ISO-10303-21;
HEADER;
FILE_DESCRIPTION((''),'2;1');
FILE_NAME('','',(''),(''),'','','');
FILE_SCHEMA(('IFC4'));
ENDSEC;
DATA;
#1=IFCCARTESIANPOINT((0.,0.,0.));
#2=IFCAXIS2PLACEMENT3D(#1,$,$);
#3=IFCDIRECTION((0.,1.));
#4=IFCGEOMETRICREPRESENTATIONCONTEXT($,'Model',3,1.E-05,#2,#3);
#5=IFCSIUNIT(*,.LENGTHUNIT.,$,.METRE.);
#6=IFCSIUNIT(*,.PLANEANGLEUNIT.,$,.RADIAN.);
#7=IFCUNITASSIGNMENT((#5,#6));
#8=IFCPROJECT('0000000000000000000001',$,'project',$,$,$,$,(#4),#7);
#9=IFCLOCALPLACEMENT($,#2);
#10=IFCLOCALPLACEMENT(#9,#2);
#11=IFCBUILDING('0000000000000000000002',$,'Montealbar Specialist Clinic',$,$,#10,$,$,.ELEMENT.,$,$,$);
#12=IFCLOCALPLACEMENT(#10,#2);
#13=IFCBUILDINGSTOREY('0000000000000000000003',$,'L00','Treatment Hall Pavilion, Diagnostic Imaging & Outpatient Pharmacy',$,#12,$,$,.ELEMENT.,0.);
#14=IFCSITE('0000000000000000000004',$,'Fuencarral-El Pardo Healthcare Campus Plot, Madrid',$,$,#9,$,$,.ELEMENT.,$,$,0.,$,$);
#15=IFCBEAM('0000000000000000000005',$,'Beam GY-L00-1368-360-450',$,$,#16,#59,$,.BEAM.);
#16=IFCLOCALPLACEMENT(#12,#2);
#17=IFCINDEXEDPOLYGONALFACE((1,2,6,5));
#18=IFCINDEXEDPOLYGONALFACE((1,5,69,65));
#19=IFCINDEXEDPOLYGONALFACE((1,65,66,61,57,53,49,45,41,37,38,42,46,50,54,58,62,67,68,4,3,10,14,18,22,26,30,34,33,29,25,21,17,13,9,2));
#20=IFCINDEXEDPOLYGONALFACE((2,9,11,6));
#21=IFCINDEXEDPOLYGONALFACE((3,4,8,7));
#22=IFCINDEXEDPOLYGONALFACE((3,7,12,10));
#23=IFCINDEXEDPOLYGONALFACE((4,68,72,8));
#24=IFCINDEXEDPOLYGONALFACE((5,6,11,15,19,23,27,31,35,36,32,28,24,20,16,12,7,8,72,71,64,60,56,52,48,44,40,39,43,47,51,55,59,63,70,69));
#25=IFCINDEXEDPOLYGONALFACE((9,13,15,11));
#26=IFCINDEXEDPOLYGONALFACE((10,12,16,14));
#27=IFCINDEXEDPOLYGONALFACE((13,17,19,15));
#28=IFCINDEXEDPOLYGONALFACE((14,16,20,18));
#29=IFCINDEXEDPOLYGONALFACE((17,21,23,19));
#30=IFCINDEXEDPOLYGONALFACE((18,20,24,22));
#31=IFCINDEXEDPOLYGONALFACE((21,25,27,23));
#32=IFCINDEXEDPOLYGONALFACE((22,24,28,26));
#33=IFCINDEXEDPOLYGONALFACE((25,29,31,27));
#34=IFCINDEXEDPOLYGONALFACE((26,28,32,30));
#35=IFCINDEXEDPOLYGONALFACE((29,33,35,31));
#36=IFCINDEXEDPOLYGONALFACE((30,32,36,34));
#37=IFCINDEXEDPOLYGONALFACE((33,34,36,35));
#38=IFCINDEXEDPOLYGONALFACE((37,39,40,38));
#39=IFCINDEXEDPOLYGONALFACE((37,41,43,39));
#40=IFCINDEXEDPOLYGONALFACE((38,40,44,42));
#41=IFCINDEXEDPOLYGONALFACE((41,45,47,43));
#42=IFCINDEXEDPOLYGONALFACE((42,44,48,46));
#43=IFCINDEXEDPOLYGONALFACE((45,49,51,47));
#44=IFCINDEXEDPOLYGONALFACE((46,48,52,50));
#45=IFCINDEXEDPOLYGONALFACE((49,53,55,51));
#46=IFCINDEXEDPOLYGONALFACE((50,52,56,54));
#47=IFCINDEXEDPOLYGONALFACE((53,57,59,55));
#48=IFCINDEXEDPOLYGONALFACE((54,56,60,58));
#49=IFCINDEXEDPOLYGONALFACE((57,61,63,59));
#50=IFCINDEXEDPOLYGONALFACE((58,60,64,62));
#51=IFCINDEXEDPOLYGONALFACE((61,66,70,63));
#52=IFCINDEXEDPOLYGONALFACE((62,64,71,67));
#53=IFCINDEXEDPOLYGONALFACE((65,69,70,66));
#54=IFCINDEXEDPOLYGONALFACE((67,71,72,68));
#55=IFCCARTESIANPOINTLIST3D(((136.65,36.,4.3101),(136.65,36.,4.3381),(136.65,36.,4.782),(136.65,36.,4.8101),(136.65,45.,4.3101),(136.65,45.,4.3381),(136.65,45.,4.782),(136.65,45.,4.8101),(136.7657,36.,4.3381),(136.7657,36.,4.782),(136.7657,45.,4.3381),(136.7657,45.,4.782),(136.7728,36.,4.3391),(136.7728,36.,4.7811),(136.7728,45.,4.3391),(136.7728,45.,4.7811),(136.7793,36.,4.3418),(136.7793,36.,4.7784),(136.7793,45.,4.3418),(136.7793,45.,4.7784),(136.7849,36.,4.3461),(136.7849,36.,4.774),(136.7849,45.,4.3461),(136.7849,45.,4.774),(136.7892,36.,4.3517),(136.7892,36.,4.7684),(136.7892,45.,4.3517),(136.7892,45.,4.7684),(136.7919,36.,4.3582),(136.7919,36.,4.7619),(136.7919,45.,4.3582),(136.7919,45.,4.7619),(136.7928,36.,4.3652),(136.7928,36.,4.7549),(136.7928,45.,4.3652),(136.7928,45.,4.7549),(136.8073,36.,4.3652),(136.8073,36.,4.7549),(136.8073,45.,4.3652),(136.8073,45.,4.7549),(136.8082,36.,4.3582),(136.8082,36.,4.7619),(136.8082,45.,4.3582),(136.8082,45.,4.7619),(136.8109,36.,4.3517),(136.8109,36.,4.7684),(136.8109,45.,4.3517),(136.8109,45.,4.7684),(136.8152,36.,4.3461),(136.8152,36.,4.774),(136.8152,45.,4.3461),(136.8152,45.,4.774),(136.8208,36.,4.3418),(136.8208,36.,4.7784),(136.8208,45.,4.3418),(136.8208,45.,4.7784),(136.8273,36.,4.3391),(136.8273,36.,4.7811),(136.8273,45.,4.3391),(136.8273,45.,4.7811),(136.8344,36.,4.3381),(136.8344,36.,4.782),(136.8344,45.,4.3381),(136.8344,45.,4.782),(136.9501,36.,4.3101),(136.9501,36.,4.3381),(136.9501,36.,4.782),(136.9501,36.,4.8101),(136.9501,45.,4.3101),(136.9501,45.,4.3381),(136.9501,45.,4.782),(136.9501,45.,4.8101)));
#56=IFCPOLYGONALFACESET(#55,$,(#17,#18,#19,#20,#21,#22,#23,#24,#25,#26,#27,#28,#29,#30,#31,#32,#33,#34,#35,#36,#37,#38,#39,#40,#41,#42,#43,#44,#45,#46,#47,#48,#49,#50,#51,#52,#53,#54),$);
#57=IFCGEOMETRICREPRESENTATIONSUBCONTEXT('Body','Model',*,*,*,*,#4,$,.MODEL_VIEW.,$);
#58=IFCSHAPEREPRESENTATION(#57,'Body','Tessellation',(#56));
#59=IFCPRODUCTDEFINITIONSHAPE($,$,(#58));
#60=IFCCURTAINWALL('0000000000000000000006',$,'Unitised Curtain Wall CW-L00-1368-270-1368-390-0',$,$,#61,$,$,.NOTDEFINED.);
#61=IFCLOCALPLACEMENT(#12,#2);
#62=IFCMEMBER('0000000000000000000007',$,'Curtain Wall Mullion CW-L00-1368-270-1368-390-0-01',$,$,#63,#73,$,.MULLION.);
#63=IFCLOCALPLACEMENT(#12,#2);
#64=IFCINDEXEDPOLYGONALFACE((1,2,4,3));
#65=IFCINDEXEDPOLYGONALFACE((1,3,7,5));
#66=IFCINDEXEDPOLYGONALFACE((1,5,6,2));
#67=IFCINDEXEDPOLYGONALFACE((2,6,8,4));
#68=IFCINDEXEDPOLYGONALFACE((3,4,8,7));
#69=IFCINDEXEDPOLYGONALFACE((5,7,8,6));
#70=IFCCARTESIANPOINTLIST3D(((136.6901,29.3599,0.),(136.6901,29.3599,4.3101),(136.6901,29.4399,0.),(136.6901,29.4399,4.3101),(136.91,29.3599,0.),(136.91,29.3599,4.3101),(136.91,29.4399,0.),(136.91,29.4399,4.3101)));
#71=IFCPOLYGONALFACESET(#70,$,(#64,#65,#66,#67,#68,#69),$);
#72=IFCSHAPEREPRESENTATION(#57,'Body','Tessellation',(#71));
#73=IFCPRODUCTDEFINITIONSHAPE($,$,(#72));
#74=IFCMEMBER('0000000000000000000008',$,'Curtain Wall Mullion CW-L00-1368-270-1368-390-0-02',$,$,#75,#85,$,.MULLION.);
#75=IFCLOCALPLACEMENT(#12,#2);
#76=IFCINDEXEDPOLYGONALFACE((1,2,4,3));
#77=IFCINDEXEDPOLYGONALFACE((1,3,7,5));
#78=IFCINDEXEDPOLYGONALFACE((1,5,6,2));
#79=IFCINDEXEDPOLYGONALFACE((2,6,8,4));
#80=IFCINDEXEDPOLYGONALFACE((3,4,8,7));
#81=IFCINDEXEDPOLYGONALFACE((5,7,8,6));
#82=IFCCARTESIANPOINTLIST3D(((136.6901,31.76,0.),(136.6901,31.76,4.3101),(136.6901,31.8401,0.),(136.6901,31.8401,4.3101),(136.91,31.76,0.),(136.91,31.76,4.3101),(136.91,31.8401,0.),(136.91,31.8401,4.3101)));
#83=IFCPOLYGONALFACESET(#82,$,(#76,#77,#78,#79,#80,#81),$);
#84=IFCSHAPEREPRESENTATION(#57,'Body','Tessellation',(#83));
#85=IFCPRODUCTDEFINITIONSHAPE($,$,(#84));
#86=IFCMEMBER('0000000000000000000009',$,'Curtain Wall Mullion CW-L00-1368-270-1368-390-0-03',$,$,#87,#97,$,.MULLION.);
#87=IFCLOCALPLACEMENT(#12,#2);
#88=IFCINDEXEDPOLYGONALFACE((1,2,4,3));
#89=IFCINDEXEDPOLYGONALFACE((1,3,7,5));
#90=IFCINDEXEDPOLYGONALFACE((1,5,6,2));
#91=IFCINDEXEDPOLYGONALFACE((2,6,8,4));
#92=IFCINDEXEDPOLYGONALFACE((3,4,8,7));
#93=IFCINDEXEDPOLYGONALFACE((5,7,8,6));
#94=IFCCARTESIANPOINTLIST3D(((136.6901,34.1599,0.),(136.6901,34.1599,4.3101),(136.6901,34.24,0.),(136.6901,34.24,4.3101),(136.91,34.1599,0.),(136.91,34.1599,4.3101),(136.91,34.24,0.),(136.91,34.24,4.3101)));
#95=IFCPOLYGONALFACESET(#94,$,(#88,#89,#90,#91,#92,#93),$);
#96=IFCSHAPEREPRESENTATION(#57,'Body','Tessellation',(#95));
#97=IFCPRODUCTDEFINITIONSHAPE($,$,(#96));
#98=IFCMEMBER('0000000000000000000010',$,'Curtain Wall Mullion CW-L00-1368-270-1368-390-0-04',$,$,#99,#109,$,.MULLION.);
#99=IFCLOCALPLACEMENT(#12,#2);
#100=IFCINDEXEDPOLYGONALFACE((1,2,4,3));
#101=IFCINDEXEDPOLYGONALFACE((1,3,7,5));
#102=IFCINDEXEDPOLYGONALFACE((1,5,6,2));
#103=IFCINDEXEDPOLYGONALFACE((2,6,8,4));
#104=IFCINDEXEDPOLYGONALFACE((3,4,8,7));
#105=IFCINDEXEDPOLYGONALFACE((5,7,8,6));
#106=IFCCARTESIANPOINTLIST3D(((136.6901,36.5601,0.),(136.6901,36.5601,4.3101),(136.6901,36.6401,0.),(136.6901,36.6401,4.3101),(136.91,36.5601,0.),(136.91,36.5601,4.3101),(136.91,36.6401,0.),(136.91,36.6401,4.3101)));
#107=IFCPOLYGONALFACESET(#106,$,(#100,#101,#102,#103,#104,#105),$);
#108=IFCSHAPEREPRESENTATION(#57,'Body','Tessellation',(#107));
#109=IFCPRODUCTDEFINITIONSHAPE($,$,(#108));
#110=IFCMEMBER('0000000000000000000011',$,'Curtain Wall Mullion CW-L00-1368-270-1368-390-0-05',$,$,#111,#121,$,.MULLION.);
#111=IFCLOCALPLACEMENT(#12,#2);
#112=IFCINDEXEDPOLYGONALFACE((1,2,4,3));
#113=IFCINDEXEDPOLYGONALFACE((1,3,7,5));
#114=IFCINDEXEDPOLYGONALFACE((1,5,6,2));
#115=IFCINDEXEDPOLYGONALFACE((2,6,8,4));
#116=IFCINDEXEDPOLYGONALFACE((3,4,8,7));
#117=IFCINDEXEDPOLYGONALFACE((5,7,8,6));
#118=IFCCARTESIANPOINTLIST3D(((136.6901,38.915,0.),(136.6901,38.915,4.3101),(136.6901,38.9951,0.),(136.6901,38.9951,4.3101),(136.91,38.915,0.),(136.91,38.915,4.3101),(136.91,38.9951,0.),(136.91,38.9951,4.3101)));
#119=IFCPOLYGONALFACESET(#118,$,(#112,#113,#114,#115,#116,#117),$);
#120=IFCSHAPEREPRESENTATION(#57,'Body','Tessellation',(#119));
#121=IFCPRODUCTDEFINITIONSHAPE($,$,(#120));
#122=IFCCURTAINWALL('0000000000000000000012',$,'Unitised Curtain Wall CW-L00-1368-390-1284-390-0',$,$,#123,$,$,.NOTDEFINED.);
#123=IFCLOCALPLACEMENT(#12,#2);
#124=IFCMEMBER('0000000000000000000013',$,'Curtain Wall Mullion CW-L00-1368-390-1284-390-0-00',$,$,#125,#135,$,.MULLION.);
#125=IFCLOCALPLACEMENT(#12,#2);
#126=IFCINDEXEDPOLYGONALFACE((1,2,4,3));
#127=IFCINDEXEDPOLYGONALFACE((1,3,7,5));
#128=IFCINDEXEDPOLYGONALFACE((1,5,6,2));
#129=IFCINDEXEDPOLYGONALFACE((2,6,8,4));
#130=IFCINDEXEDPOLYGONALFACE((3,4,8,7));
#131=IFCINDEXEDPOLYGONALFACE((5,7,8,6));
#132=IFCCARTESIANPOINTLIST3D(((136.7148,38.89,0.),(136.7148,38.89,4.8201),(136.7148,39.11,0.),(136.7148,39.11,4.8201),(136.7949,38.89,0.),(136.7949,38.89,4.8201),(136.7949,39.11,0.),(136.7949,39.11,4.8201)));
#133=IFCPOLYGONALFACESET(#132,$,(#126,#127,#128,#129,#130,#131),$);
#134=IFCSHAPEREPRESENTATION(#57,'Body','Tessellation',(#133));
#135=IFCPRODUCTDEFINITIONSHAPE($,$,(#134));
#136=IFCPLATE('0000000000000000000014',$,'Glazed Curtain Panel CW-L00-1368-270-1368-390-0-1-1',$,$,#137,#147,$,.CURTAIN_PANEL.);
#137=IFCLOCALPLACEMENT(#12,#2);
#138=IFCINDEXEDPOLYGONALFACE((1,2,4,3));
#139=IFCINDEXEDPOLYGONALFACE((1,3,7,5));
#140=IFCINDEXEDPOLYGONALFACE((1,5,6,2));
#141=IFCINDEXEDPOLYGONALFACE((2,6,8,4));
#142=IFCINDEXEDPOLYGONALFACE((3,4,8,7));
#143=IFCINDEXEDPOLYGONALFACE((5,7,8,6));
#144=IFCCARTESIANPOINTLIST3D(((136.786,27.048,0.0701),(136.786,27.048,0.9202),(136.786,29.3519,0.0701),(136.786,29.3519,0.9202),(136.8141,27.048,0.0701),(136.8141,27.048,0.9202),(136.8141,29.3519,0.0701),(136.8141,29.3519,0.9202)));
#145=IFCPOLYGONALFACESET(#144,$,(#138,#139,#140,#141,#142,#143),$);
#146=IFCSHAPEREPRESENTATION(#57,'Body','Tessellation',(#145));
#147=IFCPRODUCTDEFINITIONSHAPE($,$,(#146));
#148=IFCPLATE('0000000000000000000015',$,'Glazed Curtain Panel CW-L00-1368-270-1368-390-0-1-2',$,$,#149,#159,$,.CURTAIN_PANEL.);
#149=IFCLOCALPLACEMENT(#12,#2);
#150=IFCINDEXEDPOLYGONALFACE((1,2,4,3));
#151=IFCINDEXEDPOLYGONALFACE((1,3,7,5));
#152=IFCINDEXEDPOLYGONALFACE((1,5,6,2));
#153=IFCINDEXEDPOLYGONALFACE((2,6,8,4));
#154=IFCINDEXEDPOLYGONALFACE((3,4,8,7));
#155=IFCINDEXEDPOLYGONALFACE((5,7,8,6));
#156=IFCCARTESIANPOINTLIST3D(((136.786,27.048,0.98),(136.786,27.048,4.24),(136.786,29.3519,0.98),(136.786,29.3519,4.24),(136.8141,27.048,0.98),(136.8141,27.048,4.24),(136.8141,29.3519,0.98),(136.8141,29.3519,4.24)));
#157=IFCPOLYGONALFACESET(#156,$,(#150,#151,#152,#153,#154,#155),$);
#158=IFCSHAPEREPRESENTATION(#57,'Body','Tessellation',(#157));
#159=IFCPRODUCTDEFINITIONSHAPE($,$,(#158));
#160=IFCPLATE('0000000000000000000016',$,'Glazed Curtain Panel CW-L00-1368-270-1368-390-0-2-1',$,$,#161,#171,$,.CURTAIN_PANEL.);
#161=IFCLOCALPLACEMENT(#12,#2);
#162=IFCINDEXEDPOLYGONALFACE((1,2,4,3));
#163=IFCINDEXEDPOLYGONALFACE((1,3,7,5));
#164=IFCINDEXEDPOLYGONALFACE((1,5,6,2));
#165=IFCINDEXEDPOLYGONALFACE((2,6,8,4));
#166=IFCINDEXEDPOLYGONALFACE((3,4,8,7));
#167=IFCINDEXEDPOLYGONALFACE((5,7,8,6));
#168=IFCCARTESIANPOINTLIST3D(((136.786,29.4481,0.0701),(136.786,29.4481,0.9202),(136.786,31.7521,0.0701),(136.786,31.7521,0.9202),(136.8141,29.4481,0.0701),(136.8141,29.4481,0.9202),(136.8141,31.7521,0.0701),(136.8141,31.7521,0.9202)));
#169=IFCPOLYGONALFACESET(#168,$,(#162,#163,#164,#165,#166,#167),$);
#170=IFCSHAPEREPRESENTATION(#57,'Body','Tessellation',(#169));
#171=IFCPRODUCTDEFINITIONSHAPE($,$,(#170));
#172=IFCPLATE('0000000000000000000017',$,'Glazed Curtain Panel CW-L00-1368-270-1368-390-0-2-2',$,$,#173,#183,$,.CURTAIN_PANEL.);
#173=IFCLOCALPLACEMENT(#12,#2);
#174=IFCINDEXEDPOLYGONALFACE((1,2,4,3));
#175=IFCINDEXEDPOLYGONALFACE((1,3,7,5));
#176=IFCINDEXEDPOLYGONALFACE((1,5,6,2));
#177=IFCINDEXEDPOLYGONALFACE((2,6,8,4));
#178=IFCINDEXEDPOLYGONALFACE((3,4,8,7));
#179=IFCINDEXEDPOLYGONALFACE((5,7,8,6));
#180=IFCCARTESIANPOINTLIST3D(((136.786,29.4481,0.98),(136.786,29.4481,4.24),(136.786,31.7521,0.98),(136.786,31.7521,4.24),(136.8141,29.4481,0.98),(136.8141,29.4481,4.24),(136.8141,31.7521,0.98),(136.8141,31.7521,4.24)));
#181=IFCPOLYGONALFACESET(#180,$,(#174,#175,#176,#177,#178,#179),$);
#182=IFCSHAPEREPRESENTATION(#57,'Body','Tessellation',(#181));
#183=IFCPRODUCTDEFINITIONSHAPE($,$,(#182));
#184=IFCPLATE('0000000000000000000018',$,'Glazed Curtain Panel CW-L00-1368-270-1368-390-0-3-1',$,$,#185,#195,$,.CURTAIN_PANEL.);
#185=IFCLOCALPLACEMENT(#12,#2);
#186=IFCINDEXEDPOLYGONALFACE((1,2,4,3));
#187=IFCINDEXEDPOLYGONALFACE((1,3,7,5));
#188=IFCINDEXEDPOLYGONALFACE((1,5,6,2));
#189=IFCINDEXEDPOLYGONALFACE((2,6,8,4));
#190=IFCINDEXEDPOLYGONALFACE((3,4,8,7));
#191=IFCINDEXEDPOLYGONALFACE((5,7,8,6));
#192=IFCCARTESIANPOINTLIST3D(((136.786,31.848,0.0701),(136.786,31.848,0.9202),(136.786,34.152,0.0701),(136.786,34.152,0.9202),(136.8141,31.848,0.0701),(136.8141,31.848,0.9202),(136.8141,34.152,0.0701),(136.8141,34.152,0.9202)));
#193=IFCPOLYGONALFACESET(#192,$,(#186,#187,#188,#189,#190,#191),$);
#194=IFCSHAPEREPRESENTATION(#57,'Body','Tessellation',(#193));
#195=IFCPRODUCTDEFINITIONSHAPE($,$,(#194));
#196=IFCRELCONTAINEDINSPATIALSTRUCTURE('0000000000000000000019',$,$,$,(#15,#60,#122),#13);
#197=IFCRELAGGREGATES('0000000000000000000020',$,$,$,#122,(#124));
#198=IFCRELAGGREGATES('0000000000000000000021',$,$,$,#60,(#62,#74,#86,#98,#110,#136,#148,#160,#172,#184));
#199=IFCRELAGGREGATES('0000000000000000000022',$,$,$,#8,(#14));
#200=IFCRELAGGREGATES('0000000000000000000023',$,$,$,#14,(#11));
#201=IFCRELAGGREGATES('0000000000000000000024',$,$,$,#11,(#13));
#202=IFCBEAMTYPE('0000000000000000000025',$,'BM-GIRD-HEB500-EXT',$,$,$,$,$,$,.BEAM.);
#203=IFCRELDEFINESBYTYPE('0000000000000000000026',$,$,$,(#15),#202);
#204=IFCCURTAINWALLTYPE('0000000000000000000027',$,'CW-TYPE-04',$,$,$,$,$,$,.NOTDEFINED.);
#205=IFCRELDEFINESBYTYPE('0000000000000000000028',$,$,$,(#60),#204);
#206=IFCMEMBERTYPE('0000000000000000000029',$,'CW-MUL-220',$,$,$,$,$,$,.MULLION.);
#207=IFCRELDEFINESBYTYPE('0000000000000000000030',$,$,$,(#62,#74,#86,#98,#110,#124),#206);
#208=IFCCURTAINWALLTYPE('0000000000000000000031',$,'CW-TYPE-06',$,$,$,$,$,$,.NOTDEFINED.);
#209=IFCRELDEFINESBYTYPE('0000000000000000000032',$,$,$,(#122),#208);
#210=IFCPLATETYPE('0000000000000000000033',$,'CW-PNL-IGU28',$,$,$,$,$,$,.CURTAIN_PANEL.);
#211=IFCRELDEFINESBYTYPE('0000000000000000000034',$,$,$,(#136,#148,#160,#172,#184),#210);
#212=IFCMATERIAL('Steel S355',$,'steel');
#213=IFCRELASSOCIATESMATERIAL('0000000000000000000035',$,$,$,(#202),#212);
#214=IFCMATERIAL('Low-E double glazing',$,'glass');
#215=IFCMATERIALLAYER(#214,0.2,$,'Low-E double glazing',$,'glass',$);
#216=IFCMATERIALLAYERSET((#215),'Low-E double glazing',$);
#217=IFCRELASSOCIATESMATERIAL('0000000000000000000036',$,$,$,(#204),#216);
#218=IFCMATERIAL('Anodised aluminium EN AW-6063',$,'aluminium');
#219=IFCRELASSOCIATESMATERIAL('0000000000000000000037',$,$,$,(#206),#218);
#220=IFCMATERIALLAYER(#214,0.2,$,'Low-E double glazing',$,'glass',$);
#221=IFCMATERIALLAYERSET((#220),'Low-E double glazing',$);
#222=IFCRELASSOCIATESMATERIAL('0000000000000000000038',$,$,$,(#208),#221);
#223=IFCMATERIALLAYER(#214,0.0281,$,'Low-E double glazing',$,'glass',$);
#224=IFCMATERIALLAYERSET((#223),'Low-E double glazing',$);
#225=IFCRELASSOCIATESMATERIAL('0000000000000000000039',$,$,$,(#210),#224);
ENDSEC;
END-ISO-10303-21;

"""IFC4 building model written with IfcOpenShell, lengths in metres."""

from ifc_helpers import new_model, si_unit, direction, frame, origin, origin_2d, place, context, subcontext, project, spatial, rectangle, i_section, extrude, material, layer, layer_set, material_profile, profile_set, type_object, element, aggregate, save


model = new_model("IFC4")

# Units and contexts
model_context = context("Model", 3, precision=1e-05, world=origin(), true_north=direction((0.0, 1.0)))
body_context = subcontext(model_context, "Body", "Model", "MODEL_VIEW")
ifc_project = project(units=[si_unit("LENGTHUNIT", "METRE"), si_unit("PLANEANGLEUNIT", "RADIAN")], contexts=[model_context])

# Site, building, storey
site_placement = place(None, origin())
site = spatial("IfcSite", under=ifc_project, at=site_placement, Name="Fuencarral-El Pardo Healthcare Campus Plot, Madrid", CompositionType="ELEMENT", RefElevation=0.0)
building_placement = place(site_placement, origin())
building = spatial("IfcBuilding", under=site, at=building_placement, Name="Montealbar Specialist Clinic", CompositionType="ELEMENT")
storey_placement = place(building_placement, origin())
storey = spatial("IfcBuildingStorey", under=building, at=storey_placement, Name="L00", Description="Treatment Hall Pavilion, Diagnostic Imaging & Outpatient Pharmacy", CompositionType="ELEMENT", Elevation=0.0)

# Shared definitions
ifc_material_1 = material(Name="Steel S355", Category="steel")

# Beam
ifc_material_profile_1 = material_profile(ifc_material_1, i_section(OverallWidth=0.3, OverallDepth=0.5, WebThickness=0.0144, FlangeThickness=0.0281, FilletRadius=0.0271, at=origin_2d()), Name="HEB 500", Category="steel")
ifc_profile_set_1 = profile_set([ifc_material_profile_1], Name="Steel S355")
beam_type_1 = type_object("IfcBeamType", Name="BM-GIRD-HEB500-EXT", PredefinedType="BEAM", material=ifc_profile_set_1)
beam_placement = place(storey_placement, frame((136.8, 36.0, 4.5601), z_axis=(0.0, 1.0, 0.0), x_axis=(-1.0, 0.0, 0.0)))
element("IfcBeam", 1, at=beam_placement, inside=storey, type_object=beam_type_1, Name="Beam GY-L00-1368-360-450", PredefinedType="BEAM", context=body_context, shape_type="SweptSolid", body=[
    extrude(i_section(OverallWidth=0.3, OverallDepth=0.5, WebThickness=0.0144, FlangeThickness=0.0281, FilletRadius=0.0271, at=origin_2d()), origin(), (0.0, 0.0, 1.0), 9.0),
])

# Curtain wall, members
ifc_material_2 = material(Name="Low-E double glazing", Category="glass")
ifc_layer_1 = layer(ifc_material_2, 0.2, Name="Low-E double glazing", Category="glass")
ifc_layer_set_1 = layer_set([ifc_layer_1], Name="Low-E double glazing")
curtain_wall_type_1 = type_object("IfcCurtainWallType", Name="CW-TYPE-04", PredefinedType="NOTDEFINED", material=ifc_layer_set_1)
curtain_wall_1_placement = place(storey_placement, origin())
curtain_wall_1 = element("IfcCurtainWall", 2, at=curtain_wall_1_placement, inside=storey, type_object=curtain_wall_type_1, Name="Unitised Curtain Wall CW-L00-1368-270-1368-390-0", PredefinedType="NOTDEFINED")
ifc_material_3 = material(Name="Anodised aluminium EN AW-6063", Category="aluminium")
ifc_material_profile_2 = material_profile(ifc_material_3, rectangle(XDim=0.0801, YDim=0.22, at=origin_2d()), Name="ALU 80x220", Category="aluminium")
ifc_profile_set_2 = profile_set([ifc_material_profile_2], Name="Anodised aluminium EN AW-6063")
member_type = type_object("IfcMemberType", Name="CW-MUL-220", PredefinedType="MULLION", material=ifc_profile_set_2)
member_1_placement = place(storey_placement, frame((136.8, 29.3999, 0.0), z_axis=(0.0, 0.0, 1.0), x_axis=(0.0, 1.0, 0.0)))
member_1 = element("IfcMember", 3, at=member_1_placement, type_object=member_type, Name="Curtain Wall Mullion CW-L00-1368-270-1368-390-0-01", PredefinedType="MULLION", context=body_context, shape_type="SweptSolid", body=[
    extrude(rectangle(XDim=0.0801, YDim=0.22, at=origin_2d()), origin(), (0.0, 0.0, 1.0), 4.3101),
])
member_2_placement = place(storey_placement, frame((136.8, 31.8, 0.0), z_axis=(0.0, 0.0, 1.0), x_axis=(0.0, 1.0, 0.0)))
member_2 = element("IfcMember", 4, at=member_2_placement, type_object=member_type, Name="Curtain Wall Mullion CW-L00-1368-270-1368-390-0-02", PredefinedType="MULLION", context=body_context, shape_type="SweptSolid", body=[
    extrude(rectangle(XDim=0.0801, YDim=0.22, at=origin_2d()), origin(), (0.0, 0.0, 1.0), 4.3101),
])
member_3_placement = place(storey_placement, frame((136.8, 34.2, 0.0), z_axis=(0.0, 0.0, 1.0), x_axis=(0.0, 1.0, 0.0)))
member_3 = element("IfcMember", 5, at=member_3_placement, type_object=member_type, Name="Curtain Wall Mullion CW-L00-1368-270-1368-390-0-03", PredefinedType="MULLION", context=body_context, shape_type="SweptSolid", body=[
    extrude(rectangle(XDim=0.0801, YDim=0.22, at=origin_2d()), origin(), (0.0, 0.0, 1.0), 4.3101),
])
member_4_placement = place(storey_placement, frame((136.8, 36.6001, 0.0), z_axis=(0.0, 0.0, 1.0), x_axis=(0.0, 1.0, 0.0)))
member_4 = element("IfcMember", 6, at=member_4_placement, type_object=member_type, Name="Curtain Wall Mullion CW-L00-1368-270-1368-390-0-04", PredefinedType="MULLION", context=body_context, shape_type="SweptSolid", body=[
    extrude(rectangle(XDim=0.0801, YDim=0.22, at=origin_2d()), origin(), (0.0, 0.0, 1.0), 4.3101),
])
member_5_placement = place(storey_placement, frame((136.8, 38.9551, 0.0), z_axis=(0.0, 0.0, 1.0), x_axis=(0.0, 1.0, 0.0)))
member_5 = element("IfcMember", 7, at=member_5_placement, type_object=member_type, Name="Curtain Wall Mullion CW-L00-1368-270-1368-390-0-05", PredefinedType="MULLION", context=body_context, shape_type="SweptSolid", body=[
    extrude(rectangle(XDim=0.0801, YDim=0.22, at=origin_2d()), origin(), (0.0, 0.0, 1.0), 4.3101),
])

# Curtain wall, member
ifc_layer_2 = layer(ifc_material_2, 0.2, Name="Low-E double glazing", Category="glass")
ifc_layer_set_2 = layer_set([ifc_layer_2], Name="Low-E double glazing")
curtain_wall_type_2 = type_object("IfcCurtainWallType", Name="CW-TYPE-06", PredefinedType="NOTDEFINED", material=ifc_layer_set_2)
curtain_wall_2_placement = place(storey_placement, origin())
curtain_wall_2 = element("IfcCurtainWall", 8, at=curtain_wall_2_placement, inside=storey, type_object=curtain_wall_type_2, Name="Unitised Curtain Wall CW-L00-1368-390-1284-390-0", PredefinedType="NOTDEFINED")
member_6_placement = place(storey_placement, frame((136.7549, 39.0, 0.0), z_axis=(0.0, 0.0, 1.0), x_axis=(-1.0, 0.0, 0.0)))
member_6 = element("IfcMember", 9, at=member_6_placement, type_object=member_type, Name="Curtain Wall Mullion CW-L00-1368-390-1284-390-0-00", PredefinedType="MULLION", context=body_context, shape_type="SweptSolid", body=[
    extrude(rectangle(XDim=0.0801, YDim=0.22, at=origin_2d()), origin(), (0.0, 0.0, 1.0), 4.8201),
])
aggregate(curtain_wall_2, [member_6])

# Plates
ifc_layer_3 = layer(ifc_material_2, 0.0281, Name="Low-E double glazing", Category="glass")
ifc_layer_set_3 = layer_set([ifc_layer_3], Name="Low-E double glazing")
plate_type = type_object("IfcPlateType", Name="CW-PNL-IGU28", PredefinedType="CURTAIN_PANEL", material=ifc_layer_set_3)
plate_1_placement = place(storey_placement, frame((136.8, 28.2, 0.0701), z_axis=(0.0, 0.0, 1.0), x_axis=(0.0, 1.0, 0.0)))
plate_1 = element("IfcPlate", 10, at=plate_1_placement, type_object=plate_type, Name="Glazed Curtain Panel CW-L00-1368-270-1368-390-0-1-1", PredefinedType="CURTAIN_PANEL", context=body_context, shape_type="SweptSolid", body=[
    extrude(rectangle(XDim=2.304, YDim=0.0281, at=origin_2d()), origin(), (0.0, 0.0, 1.0), 0.8501),
])
plate_2_placement = place(storey_placement, frame((136.8, 28.2, 0.98), z_axis=(0.0, 0.0, 1.0), x_axis=(0.0, 1.0, 0.0)))
plate_2 = element("IfcPlate", 11, at=plate_2_placement, type_object=plate_type, Name="Glazed Curtain Panel CW-L00-1368-270-1368-390-0-1-2", PredefinedType="CURTAIN_PANEL", context=body_context, shape_type="SweptSolid", body=[
    extrude(rectangle(XDim=2.304, YDim=0.0281, at=origin_2d()), origin(), (0.0, 0.0, 1.0), 3.26),
])
plate_3_placement = place(storey_placement, frame((136.8, 30.6001, 0.0701), z_axis=(0.0, 0.0, 1.0), x_axis=(0.0, 1.0, 0.0)))
plate_3 = element("IfcPlate", 12, at=plate_3_placement, type_object=plate_type, Name="Glazed Curtain Panel CW-L00-1368-270-1368-390-0-2-1", PredefinedType="CURTAIN_PANEL", context=body_context, shape_type="SweptSolid", body=[
    extrude(rectangle(XDim=2.304, YDim=0.0281, at=origin_2d()), origin(), (0.0, 0.0, 1.0), 0.8501),
])
plate_4_placement = place(storey_placement, frame((136.8, 30.6001, 0.98), z_axis=(0.0, 0.0, 1.0), x_axis=(0.0, 1.0, 0.0)))
plate_4 = element("IfcPlate", 13, at=plate_4_placement, type_object=plate_type, Name="Glazed Curtain Panel CW-L00-1368-270-1368-390-0-2-2", PredefinedType="CURTAIN_PANEL", context=body_context, shape_type="SweptSolid", body=[
    extrude(rectangle(XDim=2.304, YDim=0.0281, at=origin_2d()), origin(), (0.0, 0.0, 1.0), 3.26),
])
plate_5_placement = place(storey_placement, frame((136.8, 33.0, 0.0701), z_axis=(0.0, 0.0, 1.0), x_axis=(0.0, 1.0, 0.0)))
plate_5 = element("IfcPlate", 14, at=plate_5_placement, type_object=plate_type, Name="Glazed Curtain Panel CW-L00-1368-270-1368-390-0-3-1", PredefinedType="CURTAIN_PANEL", context=body_context, shape_type="SweptSolid", body=[
    extrude(rectangle(XDim=2.304, YDim=0.0281, at=origin_2d()), origin(), (0.0, 0.0, 1.0), 0.8501),
])
aggregate(curtain_wall_1, [member_1, member_2, member_3, member_4, member_5, plate_1, plate_2, plate_3, plate_4, plate_5])

save(model, "model.ifc")
